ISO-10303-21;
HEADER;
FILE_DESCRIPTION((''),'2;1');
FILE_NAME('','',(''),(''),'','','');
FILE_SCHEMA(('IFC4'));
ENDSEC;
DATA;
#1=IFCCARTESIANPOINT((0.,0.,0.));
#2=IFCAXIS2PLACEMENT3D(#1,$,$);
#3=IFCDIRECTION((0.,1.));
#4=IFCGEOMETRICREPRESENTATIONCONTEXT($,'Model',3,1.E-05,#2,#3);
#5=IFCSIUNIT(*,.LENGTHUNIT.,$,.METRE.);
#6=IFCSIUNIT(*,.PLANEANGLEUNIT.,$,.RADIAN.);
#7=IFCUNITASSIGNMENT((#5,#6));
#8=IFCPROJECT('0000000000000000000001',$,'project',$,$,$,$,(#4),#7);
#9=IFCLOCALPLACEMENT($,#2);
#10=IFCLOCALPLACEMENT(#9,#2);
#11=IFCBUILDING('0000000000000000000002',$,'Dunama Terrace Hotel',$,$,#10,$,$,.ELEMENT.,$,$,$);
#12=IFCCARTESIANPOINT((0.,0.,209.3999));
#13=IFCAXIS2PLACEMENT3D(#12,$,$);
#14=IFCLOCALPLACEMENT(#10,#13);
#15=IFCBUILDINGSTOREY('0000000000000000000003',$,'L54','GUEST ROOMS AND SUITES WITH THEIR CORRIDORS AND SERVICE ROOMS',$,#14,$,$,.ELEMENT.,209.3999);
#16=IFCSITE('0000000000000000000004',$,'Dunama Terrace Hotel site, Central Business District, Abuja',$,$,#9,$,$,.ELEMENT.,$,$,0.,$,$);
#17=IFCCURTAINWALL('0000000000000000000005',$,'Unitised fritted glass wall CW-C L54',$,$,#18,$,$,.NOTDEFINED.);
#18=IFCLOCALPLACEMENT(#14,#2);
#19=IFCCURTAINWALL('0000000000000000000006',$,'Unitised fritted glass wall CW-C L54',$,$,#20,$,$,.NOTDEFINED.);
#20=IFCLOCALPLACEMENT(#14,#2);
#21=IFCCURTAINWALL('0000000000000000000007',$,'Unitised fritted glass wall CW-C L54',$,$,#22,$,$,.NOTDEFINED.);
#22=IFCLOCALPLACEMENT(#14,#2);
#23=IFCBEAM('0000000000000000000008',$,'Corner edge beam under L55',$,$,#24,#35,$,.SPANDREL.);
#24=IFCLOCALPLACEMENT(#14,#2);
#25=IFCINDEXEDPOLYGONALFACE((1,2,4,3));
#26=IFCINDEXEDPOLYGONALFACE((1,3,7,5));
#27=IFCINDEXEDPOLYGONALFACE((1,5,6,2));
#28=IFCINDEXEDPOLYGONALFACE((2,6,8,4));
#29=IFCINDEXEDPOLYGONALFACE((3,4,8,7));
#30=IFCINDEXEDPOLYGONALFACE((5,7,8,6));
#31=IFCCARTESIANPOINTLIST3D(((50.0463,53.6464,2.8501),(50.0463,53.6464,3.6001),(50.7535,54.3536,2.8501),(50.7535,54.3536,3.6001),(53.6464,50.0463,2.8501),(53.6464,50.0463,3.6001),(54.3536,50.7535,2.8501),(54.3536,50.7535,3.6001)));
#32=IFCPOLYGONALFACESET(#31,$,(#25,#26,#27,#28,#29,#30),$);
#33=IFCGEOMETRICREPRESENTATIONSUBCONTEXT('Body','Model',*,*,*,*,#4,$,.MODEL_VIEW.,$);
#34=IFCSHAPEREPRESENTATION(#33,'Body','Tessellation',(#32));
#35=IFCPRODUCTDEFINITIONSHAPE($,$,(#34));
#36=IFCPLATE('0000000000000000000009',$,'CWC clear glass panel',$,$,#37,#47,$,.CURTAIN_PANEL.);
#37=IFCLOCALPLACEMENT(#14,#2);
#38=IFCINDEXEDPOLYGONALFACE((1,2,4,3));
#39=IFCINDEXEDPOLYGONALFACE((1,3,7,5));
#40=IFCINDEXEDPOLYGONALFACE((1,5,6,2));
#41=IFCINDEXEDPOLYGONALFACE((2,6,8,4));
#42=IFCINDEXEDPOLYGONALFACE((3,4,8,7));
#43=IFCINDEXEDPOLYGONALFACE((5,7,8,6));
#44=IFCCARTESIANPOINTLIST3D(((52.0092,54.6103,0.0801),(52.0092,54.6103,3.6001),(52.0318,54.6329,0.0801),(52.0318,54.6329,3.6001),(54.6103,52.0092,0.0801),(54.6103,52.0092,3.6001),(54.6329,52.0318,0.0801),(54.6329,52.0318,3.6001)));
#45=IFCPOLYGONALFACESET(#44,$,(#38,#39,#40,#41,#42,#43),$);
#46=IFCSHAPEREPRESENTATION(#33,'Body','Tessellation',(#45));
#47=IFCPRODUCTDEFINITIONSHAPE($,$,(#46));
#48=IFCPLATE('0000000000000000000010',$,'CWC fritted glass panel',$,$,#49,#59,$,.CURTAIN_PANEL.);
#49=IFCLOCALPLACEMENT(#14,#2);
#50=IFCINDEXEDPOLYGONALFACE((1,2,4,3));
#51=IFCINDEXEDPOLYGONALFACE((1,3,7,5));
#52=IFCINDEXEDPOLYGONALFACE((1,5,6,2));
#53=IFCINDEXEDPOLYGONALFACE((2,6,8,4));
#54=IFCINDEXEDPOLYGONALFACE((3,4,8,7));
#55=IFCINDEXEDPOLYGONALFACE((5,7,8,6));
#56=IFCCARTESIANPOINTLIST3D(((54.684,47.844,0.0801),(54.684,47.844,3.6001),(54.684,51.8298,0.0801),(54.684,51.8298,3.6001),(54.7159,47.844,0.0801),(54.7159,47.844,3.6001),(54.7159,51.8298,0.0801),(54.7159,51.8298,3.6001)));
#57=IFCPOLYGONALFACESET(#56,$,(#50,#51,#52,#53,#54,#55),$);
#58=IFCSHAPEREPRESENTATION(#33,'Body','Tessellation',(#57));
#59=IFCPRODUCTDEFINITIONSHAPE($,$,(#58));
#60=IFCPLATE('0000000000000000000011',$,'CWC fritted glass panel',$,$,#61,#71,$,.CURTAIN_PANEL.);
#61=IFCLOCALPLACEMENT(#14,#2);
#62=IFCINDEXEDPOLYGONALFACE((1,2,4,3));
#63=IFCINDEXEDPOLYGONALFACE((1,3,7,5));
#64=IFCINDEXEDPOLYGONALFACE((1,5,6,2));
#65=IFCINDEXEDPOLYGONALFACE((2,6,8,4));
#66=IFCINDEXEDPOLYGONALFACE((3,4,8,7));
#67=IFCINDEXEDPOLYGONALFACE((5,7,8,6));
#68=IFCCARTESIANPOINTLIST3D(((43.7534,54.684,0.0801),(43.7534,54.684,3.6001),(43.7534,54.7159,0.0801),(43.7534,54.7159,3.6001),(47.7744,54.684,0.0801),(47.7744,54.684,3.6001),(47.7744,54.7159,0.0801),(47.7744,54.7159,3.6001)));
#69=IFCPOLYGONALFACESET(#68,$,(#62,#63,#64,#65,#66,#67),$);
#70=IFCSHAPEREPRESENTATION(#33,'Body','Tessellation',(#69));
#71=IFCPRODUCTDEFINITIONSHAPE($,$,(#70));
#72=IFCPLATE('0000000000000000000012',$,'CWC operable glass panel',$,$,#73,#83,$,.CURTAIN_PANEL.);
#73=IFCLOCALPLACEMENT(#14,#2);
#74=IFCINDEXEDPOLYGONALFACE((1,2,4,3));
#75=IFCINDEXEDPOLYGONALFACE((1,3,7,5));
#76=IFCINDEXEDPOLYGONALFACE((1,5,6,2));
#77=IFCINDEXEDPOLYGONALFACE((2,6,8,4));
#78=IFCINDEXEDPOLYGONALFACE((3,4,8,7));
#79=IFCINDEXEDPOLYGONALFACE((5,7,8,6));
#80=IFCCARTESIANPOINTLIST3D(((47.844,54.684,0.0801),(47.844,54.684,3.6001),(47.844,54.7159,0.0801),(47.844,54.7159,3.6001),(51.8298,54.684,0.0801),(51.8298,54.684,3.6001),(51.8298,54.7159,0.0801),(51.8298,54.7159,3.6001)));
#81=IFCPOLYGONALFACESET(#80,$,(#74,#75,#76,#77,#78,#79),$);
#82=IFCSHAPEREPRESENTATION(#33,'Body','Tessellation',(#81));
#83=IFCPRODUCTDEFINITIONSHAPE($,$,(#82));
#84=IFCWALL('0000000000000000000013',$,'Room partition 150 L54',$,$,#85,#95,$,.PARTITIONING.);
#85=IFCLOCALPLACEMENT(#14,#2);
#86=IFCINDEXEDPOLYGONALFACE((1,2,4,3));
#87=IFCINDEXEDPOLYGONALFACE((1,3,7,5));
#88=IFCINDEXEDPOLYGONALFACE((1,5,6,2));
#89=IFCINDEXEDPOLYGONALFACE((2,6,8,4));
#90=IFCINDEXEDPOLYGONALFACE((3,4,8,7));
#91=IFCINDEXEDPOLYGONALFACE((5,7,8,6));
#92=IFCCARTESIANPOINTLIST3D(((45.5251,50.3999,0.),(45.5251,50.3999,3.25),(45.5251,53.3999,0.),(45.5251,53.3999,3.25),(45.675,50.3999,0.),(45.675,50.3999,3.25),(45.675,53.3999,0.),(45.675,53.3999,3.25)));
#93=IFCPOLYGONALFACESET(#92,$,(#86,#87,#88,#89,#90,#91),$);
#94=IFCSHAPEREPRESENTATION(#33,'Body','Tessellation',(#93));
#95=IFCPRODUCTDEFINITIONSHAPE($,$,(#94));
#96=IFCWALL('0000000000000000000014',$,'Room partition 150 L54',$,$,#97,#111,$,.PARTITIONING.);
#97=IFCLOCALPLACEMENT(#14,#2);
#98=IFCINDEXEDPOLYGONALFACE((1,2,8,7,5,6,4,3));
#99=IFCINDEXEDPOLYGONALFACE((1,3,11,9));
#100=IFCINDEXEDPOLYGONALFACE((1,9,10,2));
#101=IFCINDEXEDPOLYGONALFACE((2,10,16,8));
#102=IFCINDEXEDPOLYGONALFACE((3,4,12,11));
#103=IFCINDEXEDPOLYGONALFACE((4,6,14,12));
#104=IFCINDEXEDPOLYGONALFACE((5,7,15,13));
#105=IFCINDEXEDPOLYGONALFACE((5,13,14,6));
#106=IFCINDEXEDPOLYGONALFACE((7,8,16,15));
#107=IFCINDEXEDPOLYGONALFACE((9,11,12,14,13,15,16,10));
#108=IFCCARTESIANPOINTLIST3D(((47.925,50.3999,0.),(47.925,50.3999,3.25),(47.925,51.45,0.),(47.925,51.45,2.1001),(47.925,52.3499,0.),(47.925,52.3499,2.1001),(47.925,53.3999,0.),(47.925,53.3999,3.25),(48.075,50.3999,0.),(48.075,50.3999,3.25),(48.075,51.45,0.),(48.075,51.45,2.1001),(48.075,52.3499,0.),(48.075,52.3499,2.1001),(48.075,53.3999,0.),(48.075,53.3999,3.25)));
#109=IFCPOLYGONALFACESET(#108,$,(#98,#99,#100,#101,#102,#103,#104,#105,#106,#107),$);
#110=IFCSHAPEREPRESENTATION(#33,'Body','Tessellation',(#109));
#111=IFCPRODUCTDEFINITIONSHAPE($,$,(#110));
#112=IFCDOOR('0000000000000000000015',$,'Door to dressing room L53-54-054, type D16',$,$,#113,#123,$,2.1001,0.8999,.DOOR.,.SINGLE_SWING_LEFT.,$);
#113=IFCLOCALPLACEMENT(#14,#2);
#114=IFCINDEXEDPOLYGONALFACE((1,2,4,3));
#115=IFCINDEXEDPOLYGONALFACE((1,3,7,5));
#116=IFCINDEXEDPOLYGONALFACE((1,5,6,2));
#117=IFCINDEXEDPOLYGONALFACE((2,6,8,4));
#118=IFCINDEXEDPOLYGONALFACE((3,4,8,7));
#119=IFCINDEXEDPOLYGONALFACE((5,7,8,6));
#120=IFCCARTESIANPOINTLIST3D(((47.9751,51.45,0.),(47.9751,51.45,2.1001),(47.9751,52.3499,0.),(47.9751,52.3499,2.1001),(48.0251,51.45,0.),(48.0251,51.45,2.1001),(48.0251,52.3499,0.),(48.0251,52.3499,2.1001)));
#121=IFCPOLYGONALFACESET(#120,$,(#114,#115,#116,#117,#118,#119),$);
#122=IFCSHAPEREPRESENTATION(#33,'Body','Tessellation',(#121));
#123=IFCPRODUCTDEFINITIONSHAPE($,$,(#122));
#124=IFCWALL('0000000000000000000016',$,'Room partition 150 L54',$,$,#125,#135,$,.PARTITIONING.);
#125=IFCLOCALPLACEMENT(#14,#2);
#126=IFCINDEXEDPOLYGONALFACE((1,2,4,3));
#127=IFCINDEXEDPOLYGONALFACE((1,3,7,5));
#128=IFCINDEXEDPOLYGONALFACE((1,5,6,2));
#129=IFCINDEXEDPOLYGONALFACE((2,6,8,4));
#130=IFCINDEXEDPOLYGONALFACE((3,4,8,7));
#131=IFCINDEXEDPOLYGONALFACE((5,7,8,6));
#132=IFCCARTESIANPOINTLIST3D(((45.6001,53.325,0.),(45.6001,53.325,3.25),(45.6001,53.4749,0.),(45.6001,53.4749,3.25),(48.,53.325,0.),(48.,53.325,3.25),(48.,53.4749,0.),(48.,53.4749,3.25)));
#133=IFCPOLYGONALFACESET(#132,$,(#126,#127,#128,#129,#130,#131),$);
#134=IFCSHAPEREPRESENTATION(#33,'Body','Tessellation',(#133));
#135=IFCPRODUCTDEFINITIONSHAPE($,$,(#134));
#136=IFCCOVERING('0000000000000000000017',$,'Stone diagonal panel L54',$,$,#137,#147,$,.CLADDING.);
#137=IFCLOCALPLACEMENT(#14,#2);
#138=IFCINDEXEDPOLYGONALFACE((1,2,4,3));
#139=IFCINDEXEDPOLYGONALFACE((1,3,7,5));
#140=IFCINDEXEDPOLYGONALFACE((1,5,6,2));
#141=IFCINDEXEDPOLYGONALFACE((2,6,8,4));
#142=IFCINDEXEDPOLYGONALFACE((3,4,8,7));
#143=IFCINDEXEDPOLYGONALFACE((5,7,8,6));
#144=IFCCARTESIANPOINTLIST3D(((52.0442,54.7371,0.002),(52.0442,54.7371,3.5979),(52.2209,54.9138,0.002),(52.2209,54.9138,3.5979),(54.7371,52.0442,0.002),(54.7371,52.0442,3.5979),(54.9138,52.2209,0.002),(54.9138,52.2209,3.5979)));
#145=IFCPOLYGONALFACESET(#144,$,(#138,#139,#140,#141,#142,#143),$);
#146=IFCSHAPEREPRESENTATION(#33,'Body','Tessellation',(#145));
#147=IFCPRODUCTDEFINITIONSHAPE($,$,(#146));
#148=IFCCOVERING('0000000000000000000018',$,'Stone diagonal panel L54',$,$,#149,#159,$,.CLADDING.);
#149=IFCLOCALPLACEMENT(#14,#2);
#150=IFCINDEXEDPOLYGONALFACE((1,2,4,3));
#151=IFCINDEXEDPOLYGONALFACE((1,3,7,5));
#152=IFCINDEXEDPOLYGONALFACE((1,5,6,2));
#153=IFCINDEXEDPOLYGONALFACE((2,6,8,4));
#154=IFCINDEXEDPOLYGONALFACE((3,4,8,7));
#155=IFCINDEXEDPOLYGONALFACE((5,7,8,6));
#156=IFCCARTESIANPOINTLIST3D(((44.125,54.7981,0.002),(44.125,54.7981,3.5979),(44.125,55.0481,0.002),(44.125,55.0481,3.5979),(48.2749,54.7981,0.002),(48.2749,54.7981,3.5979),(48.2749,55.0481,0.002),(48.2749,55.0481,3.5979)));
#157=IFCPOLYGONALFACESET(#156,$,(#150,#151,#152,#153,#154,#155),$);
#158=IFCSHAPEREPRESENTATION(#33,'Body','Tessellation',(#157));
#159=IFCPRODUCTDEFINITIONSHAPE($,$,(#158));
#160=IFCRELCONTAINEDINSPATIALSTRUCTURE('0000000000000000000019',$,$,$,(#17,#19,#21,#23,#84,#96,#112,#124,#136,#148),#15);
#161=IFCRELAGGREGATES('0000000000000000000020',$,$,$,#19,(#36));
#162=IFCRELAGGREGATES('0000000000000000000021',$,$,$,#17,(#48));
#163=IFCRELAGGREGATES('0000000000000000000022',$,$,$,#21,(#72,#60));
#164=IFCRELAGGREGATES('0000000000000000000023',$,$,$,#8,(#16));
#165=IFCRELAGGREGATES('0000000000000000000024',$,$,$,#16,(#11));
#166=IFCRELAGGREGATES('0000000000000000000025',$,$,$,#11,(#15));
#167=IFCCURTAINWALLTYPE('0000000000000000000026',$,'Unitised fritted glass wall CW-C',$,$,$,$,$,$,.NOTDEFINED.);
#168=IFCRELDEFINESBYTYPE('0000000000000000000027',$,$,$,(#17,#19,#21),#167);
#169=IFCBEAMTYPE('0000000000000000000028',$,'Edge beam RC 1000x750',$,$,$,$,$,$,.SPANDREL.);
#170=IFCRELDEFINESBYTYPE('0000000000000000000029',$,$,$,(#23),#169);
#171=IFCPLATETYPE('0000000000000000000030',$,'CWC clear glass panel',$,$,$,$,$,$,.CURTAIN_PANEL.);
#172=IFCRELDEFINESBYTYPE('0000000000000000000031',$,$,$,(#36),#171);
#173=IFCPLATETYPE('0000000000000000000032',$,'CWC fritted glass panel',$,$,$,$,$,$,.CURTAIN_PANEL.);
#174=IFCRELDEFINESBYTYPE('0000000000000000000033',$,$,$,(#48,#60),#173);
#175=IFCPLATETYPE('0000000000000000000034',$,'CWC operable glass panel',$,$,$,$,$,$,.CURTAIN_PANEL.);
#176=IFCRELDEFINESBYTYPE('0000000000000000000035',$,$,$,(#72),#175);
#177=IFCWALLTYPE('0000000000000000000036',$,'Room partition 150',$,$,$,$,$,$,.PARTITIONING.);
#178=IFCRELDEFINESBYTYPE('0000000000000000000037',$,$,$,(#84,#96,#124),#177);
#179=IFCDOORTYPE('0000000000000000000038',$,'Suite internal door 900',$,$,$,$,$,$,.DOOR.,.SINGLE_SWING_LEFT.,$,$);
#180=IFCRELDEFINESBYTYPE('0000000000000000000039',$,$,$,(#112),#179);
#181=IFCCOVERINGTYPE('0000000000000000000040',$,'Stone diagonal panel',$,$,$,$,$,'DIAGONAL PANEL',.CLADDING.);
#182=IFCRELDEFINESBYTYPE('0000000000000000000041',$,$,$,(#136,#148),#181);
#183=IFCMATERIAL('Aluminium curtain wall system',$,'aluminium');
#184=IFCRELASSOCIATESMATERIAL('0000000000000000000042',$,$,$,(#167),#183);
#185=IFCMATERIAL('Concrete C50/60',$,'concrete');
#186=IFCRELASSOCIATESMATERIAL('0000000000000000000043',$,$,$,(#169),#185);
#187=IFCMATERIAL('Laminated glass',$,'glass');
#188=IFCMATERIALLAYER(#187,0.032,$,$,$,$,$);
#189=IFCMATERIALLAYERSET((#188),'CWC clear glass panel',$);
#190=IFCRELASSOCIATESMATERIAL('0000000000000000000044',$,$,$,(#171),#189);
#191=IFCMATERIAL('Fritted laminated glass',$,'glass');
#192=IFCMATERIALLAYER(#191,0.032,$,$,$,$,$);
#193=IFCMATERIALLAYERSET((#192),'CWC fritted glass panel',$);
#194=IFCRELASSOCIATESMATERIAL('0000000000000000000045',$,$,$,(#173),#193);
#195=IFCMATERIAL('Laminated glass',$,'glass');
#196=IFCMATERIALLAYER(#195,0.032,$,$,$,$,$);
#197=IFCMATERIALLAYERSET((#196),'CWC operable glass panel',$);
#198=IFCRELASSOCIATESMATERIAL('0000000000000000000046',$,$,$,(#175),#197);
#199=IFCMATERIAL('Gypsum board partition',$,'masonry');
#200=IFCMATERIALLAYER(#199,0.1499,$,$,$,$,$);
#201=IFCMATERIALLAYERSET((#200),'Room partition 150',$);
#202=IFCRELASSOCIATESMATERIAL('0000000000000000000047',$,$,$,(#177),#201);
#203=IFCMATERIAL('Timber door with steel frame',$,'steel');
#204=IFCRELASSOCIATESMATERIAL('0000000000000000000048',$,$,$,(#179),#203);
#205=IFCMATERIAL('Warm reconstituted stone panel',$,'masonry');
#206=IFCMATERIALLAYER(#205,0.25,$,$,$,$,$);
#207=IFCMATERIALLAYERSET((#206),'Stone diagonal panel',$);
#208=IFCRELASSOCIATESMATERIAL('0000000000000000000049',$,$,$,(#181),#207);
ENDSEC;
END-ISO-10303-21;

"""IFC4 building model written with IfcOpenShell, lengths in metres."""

from ifc_helpers import new_model, si_unit, direction, frame, frame_2d, origin, origin_2d, place, context, subcontext, project, spatial, rectangle, extrude, material, layer, layer_set, material_profile, profile_set, type_object, element, fill, aggregate, save


model = new_model("IFC4")

# Units and contexts
model_context = context("Model", 3, precision=1e-05, world=origin(), true_north=direction((0.0, 1.0)))
body_context = subcontext(model_context, "Body", "Model", "MODEL_VIEW")
ifc_project = project(units=[si_unit("LENGTHUNIT", "METRE"), si_unit("PLANEANGLEUNIT", "RADIAN")], contexts=[model_context])

# Site, building, storey
site_placement = place(None, origin())
site = spatial("IfcSite", under=ifc_project, at=site_placement, Name="Dunama Terrace Hotel site, Central Business District, Abuja", CompositionType="ELEMENT", RefElevation=0.0)
building_placement = place(site_placement, origin())
building = spatial("IfcBuilding", under=site, at=building_placement, Name="Dunama Terrace Hotel", CompositionType="ELEMENT")
storey_placement = place(building_placement, frame((0.0, 0.0, 209.3999)))
storey = spatial("IfcBuildingStorey", under=building, at=storey_placement, Name="L54", Description="GUEST ROOMS AND SUITES WITH THEIR CORRIDORS AND SERVICE ROOMS", CompositionType="ELEMENT", Elevation=209.3999)

# Curtain walls
ifc_material_1 = material(Name="Aluminium curtain wall system", Category="aluminium")
curtain_wall_type = type_object("IfcCurtainWallType", Name="Unitised fritted glass wall CW-C", PredefinedType="NOTDEFINED", material=ifc_material_1)
curtain_wall_1_placement = place(storey_placement, origin())
curtain_wall_1 = element("IfcCurtainWall", 1, at=curtain_wall_1_placement, inside=storey, type_object=curtain_wall_type, Name="Unitised fritted glass wall CW-C L54", PredefinedType="NOTDEFINED")
curtain_wall_2_placement = place(storey_placement, origin())
curtain_wall_2 = element("IfcCurtainWall", 2, at=curtain_wall_2_placement, inside=storey, type_object=curtain_wall_type, Name="Unitised fritted glass wall CW-C L54", PredefinedType="NOTDEFINED")
curtain_wall_3_placement = place(storey_placement, origin())
curtain_wall_3 = element("IfcCurtainWall", 3, at=curtain_wall_3_placement, inside=storey, type_object=curtain_wall_type, Name="Unitised fritted glass wall CW-C L54", PredefinedType="NOTDEFINED")

# Beam
ifc_material_2 = material(Name="Concrete C50/60", Category="concrete")
ifc_material_profile_1 = material_profile(ifc_material_2, rectangle(XDim=1.0, YDim=0.75, at=origin_2d()), Name="RC 1000x750")
ifc_profile_set_1 = profile_set([ifc_material_profile_1], Name="Concrete C50/60")
beam_type = type_object("IfcBeamType", Name="Edge beam RC 1000x750", PredefinedType="SPANDREL", material=ifc_profile_set_1)
beam_placement = place(storey_placement, frame((50.3999, 54.0, 3.2251), z_axis=(0.707107, -0.707107, 0.0), x_axis=(0.707107, 0.707107, 0.0)))
element("IfcBeam", 4, at=beam_placement, inside=storey, type_object=beam_type, Name="Corner edge beam under L55", PredefinedType="SPANDREL", context=body_context, shape_type="SweptSolid", body=[
    extrude(rectangle(XDim=1.0, YDim=0.75, at=origin_2d()), origin(), (0.0, 0.0, 1.0), 5.0913),
])

# Plates
ifc_material_3 = material(Name="Laminated glass", Category="glass")
ifc_layer_1 = layer(ifc_material_3, 0.032)
ifc_layer_set_1 = layer_set([ifc_layer_1], Name="CWC clear glass panel")
plate_type_1 = type_object("IfcPlateType", Name="CWC clear glass panel", PredefinedType="CURTAIN_PANEL", material=ifc_layer_set_1)
plate_1_placement = place(storey_placement, frame((53.321, 53.321, 0.0801), z_axis=(0.0, 0.0, 1.0), x_axis=(-0.707107, 0.707107, 0.0)))
plate_1 = element("IfcPlate", 5, at=plate_1_placement, type_object=plate_type_1, Name="CWC clear glass panel", PredefinedType="CURTAIN_PANEL", context=body_context, shape_type="SweptSolid", body=[
    extrude(rectangle(XDim=3.6785, YDim=0.032, at=origin_2d()), origin(), (0.0, 0.0, 1.0), 3.52),
])
aggregate(curtain_wall_2, [plate_1])
ifc_material_4 = material(Name="Fritted laminated glass", Category="glass")
ifc_layer_2 = layer(ifc_material_4, 0.032)
ifc_layer_set_2 = layer_set([ifc_layer_2], Name="CWC fritted glass panel")
plate_type_2 = type_object("IfcPlateType", Name="CWC fritted glass panel", PredefinedType="CURTAIN_PANEL", material=ifc_layer_set_2)
plate_2_placement = place(storey_placement, frame((54.7, 49.8369, 0.0801), z_axis=(0.0, 0.0, 1.0), x_axis=(0.0, 1.0, 0.0)))
plate_2 = element("IfcPlate", 6, at=plate_2_placement, type_object=plate_type_2, Name="CWC fritted glass panel", PredefinedType="CURTAIN_PANEL", context=body_context, shape_type="SweptSolid", body=[
    extrude(rectangle(XDim=3.9858, YDim=0.032, at=origin_2d()), origin(), (0.0, 0.0, 1.0), 3.52),
])
aggregate(curtain_wall_1, [plate_2])
plate_3_placement = place(storey_placement, frame((45.7639, 54.7, 0.0801), z_axis=(0.0, 0.0, 1.0), x_axis=(-1.0, 0.0, 0.0)))
plate_3 = element("IfcPlate", 7, at=plate_3_placement, type_object=plate_type_2, Name="CWC fritted glass panel", PredefinedType="CURTAIN_PANEL", context=body_context, shape_type="SweptSolid", body=[
    extrude(rectangle(XDim=4.021, YDim=0.032, at=origin_2d()), origin(), (0.0, 0.0, 1.0), 3.52),
])
ifc_material_5 = material(Name="Laminated glass", Category="glass")
ifc_layer_3 = layer(ifc_material_5, 0.032)
ifc_layer_set_3 = layer_set([ifc_layer_3], Name="CWC operable glass panel")
plate_type_3 = type_object("IfcPlateType", Name="CWC operable glass panel", PredefinedType="CURTAIN_PANEL", material=ifc_layer_set_3)
plate_4_placement = place(storey_placement, frame((49.8369, 54.7, 0.0801), z_axis=(0.0, 0.0, 1.0), x_axis=(-1.0, 0.0, 0.0)))
plate_4 = element("IfcPlate", 8, at=plate_4_placement, type_object=plate_type_3, Name="CWC operable glass panel", PredefinedType="CURTAIN_PANEL", context=body_context, shape_type="SweptSolid", body=[
    extrude(rectangle(XDim=3.9858, YDim=0.032, at=origin_2d()), origin(), (0.0, 0.0, 1.0), 3.52),
])
aggregate(curtain_wall_3, [plate_4, plate_3])

# Wall
ifc_material_6 = material(Name="Gypsum board partition", Category="masonry")
ifc_layer_4 = layer(ifc_material_6, 0.1499)
ifc_layer_set_4 = layer_set([ifc_layer_4], Name="Room partition 150")
wall_type = type_object("IfcWallType", Name="Room partition 150", PredefinedType="PARTITIONING", material=ifc_layer_set_4)
wall_1_placement = place(storey_placement, frame((45.6001, 50.3999, 0.0), z_axis=(0.0, 0.0, 1.0), x_axis=(0.0, 1.0, 0.0)))
element("IfcWall", 9, at=wall_1_placement, inside=storey, type_object=wall_type, Name="Room partition 150 L54", PredefinedType="PARTITIONING", context=body_context, shape_type="SweptSolid", body=[
    extrude(rectangle(XDim=3.0, YDim=0.1499, at=frame_2d((1.5, 0.0))), origin(), (0.0, 0.0, 1.0), 3.25),
])

# Wall, opening, door
wall_2_placement = place(storey_placement, frame((48.0, 50.3999, 0.0), z_axis=(0.0, 0.0, 1.0), x_axis=(0.0, 1.0, 0.0)))
wall_2 = element("IfcWall", 10, at=wall_2_placement, inside=storey, type_object=wall_type, Name="Room partition 150 L54", PredefinedType="PARTITIONING", context=body_context, shape_type="SweptSolid", body=[
    extrude(rectangle(XDim=3.0, YDim=0.1499, at=frame_2d((1.5, 0.0))), origin(), (0.0, 0.0, 1.0), 3.25),
])
opening_placement = place(wall_2_placement, frame((1.05, 0.0, 0.0)))
opening = element("IfcOpeningElement", 11, at=opening_placement, cuts=wall_2, PredefinedType="OPENING", context=body_context, shape_type="SweptSolid", body=[
    extrude(rectangle(XDim=0.8999, YDim=2.1001, at=frame_2d((0.45, 1.05))), frame((0.0, 0.085, 0.0), z_axis=(0.0, -1.0, 0.0), x_axis=(1.0, 0.0, 0.0)), (0.0, 0.0, 1.0), 0.1699),
])
ifc_material_7 = material(Name="Timber door with steel frame", Category="steel")
door_type = type_object("IfcDoorType", Name="Suite internal door 900", OperationType="SINGLE_SWING_LEFT", PredefinedType="DOOR", material=ifc_material_7)
door_placement = place(opening_placement, origin())
door = element("IfcDoor", 12, at=door_placement, inside=storey, type_object=door_type, Name="Door to dressing room L53-54-054, type D16", OperationType="SINGLE_SWING_LEFT", OverallHeight=2.1001, OverallWidth=0.8999, PredefinedType="DOOR", context=body_context, shape_type="SweptSolid", body=[
    extrude(rectangle(XDim=0.8999, YDim=2.1001, at=frame_2d((0.45, 1.05))), frame((0.0, 0.0249, 0.0), z_axis=(0.0, -1.0, 0.0), x_axis=(1.0, 0.0, 0.0)), (0.0, 0.0, 1.0), 0.05),
])
fill(opening, door)

# Wall
wall_3_placement = place(storey_placement, frame((45.6001, 53.3999, 0.0), z_axis=(0.0, 0.0, 1.0), x_axis=(1.0, 0.0, 0.0)))
element("IfcWall", 13, at=wall_3_placement, inside=storey, type_object=wall_type, Name="Room partition 150 L54", PredefinedType="PARTITIONING", context=body_context, shape_type="SweptSolid", body=[
    extrude(rectangle(XDim=2.3999, YDim=0.1499, at=frame_2d((1.2, 0.0))), origin(), (0.0, 0.0, 1.0), 3.25),
])

# Coverings
ifc_material_8 = material(Name="Warm reconstituted stone panel", Category="masonry")
ifc_layer_5 = layer(ifc_material_8, 0.25)
ifc_layer_set_5 = layer_set([ifc_layer_5], Name="Stone diagonal panel")
covering_type = type_object("IfcCoveringType", Name="Stone diagonal panel", ElementType="DIAGONAL PANEL", PredefinedType="CLADDING", material=ifc_layer_set_5)
covering_1_placement = place(storey_placement, frame((53.479, 53.479, 0.002), z_axis=(0.0, 0.0, 1.0), x_axis=(-0.707107, 0.707107, 0.0)))
element("IfcCovering", 14, at=covering_1_placement, inside=storey, type_object=covering_type, Name="Stone diagonal panel L54", PredefinedType="CLADDING", context=body_context, shape_type="SweptSolid", body=[
    extrude(rectangle(XDim=3.8083, YDim=0.25, at=origin_2d()), origin(), (0.0, 0.0, 1.0), 3.5959),
])
covering_2_placement = place(storey_placement, frame((46.2, 54.9231, 0.002), z_axis=(0.0, 0.0, 1.0), x_axis=(-1.0, 0.0, 0.0)))
element("IfcCovering", 15, at=covering_2_placement, inside=storey, type_object=covering_type, Name="Stone diagonal panel L54", PredefinedType="CLADDING", context=body_context, shape_type="SweptSolid", body=[
    extrude(rectangle(XDim=4.1499, YDim=0.25, at=origin_2d()), origin(), (0.0, 0.0, 1.0), 3.5959),
])

save(model, "model.ifc")
